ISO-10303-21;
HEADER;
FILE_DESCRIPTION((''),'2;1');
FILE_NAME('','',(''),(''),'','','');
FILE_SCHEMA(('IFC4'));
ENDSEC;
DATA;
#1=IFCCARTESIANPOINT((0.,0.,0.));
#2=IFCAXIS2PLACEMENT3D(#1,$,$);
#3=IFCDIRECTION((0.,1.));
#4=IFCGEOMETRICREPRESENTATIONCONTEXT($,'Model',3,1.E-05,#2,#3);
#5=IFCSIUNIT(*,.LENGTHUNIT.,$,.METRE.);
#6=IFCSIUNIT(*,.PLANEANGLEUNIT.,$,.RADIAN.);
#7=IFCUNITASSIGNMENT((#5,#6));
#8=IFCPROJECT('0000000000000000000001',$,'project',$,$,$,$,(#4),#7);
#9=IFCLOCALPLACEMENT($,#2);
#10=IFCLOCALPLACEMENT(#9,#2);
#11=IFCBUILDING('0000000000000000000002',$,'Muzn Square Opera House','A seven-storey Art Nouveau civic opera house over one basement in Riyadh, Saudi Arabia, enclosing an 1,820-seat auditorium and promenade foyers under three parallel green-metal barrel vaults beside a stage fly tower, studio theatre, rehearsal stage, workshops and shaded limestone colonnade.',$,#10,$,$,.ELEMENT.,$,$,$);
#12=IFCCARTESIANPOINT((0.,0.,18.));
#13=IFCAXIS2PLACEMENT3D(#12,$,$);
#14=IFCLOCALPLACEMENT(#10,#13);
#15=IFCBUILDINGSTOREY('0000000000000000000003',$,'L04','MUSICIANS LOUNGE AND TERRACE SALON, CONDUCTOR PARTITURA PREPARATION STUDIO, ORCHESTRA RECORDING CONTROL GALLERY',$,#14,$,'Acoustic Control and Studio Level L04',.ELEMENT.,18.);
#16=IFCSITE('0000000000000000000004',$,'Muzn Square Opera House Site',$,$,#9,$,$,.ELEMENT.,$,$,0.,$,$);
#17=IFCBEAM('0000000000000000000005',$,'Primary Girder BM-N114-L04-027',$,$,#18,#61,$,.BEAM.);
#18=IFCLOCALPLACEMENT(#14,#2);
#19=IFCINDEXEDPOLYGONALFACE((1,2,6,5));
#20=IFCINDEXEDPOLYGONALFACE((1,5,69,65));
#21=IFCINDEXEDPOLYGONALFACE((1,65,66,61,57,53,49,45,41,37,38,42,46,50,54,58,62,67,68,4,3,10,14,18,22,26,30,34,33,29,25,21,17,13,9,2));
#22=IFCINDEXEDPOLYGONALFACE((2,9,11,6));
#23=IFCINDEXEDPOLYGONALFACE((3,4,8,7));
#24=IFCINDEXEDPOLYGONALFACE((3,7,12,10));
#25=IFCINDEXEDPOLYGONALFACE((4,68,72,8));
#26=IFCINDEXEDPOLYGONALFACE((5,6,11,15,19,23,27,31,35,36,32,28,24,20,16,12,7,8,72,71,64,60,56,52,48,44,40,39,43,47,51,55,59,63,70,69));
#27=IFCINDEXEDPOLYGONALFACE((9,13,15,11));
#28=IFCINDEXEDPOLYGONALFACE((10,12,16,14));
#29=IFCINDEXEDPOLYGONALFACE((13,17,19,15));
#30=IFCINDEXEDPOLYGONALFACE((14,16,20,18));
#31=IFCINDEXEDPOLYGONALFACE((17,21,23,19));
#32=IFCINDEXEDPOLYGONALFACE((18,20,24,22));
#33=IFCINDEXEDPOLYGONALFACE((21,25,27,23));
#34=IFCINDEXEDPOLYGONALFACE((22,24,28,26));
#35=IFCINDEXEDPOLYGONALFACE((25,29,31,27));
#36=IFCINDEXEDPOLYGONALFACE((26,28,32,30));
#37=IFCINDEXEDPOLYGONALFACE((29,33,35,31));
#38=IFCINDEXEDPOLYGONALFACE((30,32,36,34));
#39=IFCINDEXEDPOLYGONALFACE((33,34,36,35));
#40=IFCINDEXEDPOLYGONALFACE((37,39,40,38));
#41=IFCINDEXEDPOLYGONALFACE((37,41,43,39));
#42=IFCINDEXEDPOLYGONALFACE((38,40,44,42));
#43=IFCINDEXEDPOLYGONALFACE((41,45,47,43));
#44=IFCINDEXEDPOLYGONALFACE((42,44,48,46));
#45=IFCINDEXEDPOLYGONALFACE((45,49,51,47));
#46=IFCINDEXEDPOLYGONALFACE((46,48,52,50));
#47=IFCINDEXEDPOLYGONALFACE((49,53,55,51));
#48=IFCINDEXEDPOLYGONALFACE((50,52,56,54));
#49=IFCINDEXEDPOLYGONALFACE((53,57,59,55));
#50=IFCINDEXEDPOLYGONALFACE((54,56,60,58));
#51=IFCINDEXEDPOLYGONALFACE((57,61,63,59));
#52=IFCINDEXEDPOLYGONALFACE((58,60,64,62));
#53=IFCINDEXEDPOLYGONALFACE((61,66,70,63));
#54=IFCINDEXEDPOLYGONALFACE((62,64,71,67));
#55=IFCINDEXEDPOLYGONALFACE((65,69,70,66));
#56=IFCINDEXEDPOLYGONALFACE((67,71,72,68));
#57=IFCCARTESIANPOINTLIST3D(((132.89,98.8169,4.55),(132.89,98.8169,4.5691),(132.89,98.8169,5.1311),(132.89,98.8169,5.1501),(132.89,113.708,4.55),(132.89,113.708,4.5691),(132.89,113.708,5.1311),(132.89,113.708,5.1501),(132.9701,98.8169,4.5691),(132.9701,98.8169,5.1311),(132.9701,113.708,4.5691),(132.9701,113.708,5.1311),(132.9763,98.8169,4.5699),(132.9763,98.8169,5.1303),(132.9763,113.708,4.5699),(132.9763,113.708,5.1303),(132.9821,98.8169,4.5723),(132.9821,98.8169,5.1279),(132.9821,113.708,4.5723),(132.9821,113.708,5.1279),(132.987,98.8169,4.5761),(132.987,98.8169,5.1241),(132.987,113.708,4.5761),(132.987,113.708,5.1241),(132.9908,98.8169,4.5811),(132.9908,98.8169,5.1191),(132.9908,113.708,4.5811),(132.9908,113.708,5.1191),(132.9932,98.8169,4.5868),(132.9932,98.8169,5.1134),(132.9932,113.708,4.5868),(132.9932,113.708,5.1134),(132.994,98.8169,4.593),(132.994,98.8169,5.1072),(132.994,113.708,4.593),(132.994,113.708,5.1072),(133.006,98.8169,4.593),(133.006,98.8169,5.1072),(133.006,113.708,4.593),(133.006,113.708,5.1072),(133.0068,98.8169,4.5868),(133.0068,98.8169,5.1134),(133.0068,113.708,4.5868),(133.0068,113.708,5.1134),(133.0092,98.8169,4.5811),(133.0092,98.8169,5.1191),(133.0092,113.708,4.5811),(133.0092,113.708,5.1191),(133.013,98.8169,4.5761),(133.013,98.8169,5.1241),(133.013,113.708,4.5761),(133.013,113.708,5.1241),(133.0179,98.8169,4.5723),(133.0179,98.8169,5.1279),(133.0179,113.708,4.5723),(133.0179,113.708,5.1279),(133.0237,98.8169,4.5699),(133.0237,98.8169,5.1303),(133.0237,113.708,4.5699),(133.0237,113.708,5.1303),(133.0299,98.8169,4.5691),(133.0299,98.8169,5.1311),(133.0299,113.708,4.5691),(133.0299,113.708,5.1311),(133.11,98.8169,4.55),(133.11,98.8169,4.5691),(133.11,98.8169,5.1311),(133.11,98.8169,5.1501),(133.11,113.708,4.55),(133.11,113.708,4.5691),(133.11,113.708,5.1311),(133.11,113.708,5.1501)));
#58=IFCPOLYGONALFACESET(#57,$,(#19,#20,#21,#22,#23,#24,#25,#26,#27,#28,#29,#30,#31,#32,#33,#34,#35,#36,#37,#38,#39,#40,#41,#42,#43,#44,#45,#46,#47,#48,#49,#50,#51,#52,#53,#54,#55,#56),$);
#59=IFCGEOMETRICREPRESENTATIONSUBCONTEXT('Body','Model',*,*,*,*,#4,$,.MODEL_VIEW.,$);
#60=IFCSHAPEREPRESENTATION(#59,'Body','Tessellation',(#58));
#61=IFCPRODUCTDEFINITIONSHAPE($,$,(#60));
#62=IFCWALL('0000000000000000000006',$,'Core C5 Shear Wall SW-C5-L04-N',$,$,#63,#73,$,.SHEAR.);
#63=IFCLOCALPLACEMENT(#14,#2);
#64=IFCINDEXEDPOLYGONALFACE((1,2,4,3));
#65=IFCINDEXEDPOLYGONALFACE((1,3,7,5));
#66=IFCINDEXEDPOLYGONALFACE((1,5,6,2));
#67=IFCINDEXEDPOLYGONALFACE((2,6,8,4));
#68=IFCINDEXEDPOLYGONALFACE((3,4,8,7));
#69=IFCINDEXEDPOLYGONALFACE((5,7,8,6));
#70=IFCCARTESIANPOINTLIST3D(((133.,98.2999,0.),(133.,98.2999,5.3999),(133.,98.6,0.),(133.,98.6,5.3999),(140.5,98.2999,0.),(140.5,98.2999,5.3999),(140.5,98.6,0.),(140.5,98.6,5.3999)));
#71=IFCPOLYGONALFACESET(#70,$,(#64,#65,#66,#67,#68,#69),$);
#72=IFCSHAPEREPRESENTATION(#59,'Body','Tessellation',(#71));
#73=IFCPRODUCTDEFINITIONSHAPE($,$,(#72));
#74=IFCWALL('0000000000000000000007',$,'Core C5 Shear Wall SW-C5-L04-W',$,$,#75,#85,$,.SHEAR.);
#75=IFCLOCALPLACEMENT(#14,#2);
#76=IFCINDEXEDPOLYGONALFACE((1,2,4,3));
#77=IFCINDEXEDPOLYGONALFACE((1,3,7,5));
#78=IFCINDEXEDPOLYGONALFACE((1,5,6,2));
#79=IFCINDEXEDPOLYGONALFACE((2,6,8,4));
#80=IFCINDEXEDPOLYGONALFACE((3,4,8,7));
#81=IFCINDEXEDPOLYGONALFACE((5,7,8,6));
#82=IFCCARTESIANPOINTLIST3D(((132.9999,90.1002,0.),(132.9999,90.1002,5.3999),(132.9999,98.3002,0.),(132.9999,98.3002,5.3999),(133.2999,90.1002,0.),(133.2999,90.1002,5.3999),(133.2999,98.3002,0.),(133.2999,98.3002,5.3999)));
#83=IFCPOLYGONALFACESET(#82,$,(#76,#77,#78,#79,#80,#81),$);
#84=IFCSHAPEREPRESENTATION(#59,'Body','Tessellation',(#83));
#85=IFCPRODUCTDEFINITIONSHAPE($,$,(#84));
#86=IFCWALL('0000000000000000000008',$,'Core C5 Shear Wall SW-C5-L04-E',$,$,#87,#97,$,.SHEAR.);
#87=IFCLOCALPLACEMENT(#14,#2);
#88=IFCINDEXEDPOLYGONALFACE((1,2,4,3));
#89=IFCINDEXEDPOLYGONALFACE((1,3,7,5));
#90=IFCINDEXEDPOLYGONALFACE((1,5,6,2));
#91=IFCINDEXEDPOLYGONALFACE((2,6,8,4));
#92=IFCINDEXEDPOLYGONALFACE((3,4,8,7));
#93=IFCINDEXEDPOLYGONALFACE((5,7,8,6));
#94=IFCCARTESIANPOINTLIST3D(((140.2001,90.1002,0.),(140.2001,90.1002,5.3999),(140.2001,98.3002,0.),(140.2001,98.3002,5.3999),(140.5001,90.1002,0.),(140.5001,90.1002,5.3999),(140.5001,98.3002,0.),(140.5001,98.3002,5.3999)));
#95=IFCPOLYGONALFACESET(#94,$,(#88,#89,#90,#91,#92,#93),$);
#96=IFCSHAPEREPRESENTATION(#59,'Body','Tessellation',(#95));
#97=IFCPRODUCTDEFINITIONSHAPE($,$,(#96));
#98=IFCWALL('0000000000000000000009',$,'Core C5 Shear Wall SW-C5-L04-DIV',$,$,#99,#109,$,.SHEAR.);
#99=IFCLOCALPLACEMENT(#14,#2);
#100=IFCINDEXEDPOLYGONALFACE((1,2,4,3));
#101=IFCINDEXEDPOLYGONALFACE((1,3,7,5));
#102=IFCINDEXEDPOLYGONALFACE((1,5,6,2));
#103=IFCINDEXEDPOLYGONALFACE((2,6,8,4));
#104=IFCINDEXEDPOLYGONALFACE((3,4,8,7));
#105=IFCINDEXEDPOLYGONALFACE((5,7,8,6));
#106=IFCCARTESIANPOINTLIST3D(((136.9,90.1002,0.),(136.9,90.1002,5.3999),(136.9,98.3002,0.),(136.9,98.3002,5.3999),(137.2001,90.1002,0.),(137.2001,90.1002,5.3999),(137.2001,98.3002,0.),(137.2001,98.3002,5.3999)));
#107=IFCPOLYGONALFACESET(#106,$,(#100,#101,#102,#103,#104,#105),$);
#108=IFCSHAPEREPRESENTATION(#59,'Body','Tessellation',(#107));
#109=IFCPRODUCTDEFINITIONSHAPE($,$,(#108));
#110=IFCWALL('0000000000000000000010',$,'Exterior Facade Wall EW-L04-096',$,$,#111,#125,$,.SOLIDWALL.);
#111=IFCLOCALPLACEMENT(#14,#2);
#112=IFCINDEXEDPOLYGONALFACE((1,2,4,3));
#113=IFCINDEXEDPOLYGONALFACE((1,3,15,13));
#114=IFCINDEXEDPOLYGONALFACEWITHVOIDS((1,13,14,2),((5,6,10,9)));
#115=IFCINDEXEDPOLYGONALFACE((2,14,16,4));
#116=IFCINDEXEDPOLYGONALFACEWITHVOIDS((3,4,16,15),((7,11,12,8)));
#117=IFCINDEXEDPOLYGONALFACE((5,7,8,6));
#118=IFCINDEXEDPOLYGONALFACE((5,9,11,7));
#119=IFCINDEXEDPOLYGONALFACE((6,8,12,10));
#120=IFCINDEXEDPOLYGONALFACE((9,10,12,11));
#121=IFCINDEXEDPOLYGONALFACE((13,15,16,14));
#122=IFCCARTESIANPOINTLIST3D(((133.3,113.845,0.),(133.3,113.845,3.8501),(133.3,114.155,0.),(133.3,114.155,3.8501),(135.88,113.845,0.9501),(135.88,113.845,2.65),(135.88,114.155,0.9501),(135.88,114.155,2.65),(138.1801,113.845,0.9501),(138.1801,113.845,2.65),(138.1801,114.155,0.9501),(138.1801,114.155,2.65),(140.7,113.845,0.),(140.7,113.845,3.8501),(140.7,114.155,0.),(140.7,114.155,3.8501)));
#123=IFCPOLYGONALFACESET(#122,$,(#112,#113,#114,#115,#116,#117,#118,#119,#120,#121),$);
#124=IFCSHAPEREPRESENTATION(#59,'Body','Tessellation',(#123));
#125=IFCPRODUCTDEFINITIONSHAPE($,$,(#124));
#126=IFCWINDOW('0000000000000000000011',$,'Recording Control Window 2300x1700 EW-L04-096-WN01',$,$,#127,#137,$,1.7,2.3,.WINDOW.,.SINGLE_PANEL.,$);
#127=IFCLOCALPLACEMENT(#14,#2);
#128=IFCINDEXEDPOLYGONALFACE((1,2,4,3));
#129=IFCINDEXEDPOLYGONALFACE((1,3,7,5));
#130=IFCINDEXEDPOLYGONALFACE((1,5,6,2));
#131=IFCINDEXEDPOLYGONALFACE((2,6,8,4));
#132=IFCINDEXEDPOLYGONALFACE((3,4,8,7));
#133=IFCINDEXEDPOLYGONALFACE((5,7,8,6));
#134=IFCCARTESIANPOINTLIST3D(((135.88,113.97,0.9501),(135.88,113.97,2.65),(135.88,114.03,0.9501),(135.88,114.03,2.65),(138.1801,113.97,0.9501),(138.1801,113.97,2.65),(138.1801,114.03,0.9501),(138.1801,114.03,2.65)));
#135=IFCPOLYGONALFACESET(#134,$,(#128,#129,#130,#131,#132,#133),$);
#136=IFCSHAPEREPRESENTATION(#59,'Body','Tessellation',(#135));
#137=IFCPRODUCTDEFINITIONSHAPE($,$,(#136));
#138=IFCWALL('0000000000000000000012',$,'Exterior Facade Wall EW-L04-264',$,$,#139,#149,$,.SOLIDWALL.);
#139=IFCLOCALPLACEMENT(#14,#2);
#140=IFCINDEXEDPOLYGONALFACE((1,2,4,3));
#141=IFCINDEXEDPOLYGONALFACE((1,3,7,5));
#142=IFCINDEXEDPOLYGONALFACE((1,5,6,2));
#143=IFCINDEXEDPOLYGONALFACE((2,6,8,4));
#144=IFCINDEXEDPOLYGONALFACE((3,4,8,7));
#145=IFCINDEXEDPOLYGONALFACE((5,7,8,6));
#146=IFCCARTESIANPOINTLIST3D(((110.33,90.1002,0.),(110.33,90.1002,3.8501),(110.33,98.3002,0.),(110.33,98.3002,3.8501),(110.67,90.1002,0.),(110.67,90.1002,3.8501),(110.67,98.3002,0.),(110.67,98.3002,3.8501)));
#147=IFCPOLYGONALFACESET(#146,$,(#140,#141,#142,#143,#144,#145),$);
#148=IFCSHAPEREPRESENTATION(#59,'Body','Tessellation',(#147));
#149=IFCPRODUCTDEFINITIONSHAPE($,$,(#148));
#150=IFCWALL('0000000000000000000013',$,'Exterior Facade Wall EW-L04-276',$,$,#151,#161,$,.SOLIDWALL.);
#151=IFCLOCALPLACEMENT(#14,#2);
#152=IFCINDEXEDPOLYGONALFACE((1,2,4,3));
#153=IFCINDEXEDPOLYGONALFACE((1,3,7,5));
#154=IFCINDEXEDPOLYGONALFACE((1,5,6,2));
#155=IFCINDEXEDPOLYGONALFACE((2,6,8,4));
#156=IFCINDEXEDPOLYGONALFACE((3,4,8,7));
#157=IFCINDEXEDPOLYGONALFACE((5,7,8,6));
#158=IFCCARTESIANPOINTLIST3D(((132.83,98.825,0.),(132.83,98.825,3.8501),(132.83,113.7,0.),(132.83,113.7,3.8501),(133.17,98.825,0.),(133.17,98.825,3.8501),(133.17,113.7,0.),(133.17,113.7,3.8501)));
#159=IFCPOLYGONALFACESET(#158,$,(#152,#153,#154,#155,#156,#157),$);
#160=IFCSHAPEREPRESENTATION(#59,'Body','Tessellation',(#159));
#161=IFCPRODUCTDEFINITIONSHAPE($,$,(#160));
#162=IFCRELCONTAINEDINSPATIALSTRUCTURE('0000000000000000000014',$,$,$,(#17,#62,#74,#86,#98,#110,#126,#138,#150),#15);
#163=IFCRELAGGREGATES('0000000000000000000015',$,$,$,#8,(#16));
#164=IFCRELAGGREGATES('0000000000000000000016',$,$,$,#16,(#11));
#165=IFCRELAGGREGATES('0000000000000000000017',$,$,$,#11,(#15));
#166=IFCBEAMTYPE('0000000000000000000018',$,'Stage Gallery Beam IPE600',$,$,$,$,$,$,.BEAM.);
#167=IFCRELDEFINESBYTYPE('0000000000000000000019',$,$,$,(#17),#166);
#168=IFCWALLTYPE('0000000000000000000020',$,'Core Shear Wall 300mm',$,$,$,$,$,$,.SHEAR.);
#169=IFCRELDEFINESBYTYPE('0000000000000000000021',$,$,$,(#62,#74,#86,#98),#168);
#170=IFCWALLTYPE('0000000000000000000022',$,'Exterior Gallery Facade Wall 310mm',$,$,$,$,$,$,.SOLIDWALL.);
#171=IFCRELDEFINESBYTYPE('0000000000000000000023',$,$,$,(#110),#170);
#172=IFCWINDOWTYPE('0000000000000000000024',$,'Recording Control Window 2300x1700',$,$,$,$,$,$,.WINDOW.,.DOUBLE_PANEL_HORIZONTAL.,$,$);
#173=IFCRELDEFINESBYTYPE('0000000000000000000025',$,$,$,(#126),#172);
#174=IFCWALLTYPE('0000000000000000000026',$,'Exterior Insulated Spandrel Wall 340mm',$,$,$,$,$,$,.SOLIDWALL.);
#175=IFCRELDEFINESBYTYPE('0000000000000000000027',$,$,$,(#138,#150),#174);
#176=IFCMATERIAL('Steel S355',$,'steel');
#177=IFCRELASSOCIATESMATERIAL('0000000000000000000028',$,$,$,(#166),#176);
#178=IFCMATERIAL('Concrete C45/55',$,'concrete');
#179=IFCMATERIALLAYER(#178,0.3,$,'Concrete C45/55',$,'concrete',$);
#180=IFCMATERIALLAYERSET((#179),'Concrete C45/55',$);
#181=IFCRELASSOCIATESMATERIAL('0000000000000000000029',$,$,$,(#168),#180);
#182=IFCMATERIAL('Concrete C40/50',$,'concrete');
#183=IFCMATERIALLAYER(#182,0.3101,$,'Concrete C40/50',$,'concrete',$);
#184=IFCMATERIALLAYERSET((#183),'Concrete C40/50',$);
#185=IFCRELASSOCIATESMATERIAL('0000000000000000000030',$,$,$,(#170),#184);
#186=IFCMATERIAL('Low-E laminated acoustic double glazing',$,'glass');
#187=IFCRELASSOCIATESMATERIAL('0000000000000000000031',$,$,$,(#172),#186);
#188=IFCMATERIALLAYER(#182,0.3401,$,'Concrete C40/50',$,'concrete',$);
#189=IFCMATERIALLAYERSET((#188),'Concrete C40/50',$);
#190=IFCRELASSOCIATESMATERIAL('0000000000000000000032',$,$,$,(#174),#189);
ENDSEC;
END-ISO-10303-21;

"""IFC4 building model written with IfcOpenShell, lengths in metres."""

from ifc_helpers import new_model, si_unit, direction, frame, frame_2d, origin, origin_2d, place, context, subcontext, project, spatial, rectangle, i_section, extrude, material, layer, layer_set, material_profile, profile_set, type_object, element, fill, save


model = new_model("IFC4")

# Units and contexts
model_context = context("Model", 3, precision=1e-05, world=origin(), true_north=direction((0.0, 1.0)))
body_context = subcontext(model_context, "Body", "Model", "MODEL_VIEW")
ifc_project = project(units=[si_unit("LENGTHUNIT", "METRE"), si_unit("PLANEANGLEUNIT", "RADIAN")], contexts=[model_context])

# Site, building, storey
site_placement = place(None, origin())
site = spatial("IfcSite", under=ifc_project, at=site_placement, Name="Muzn Square Opera House Site", CompositionType="ELEMENT", RefElevation=0.0)
building_placement = place(site_placement, origin())
building = spatial("IfcBuilding", under=site, at=building_placement, Name="Muzn Square Opera House", Description="A seven-storey Art Nouveau civic opera house over one basement in Riyadh, Saudi Arabia, enclosing an 1,820-seat auditorium and promenade foyers under three parallel green-metal barrel vaults beside a stage fly tower, studio theatre, rehearsal stage, workshops and shaded limestone colonnade.", CompositionType="ELEMENT")
storey_placement = place(building_placement, frame((0.0, 0.0, 18.0)))
storey = spatial("IfcBuildingStorey", under=building, at=storey_placement, Name="L04", Description="MUSICIANS LOUNGE AND TERRACE SALON, CONDUCTOR PARTITURA PREPARATION STUDIO, ORCHESTRA RECORDING CONTROL GALLERY", LongName="Acoustic Control and Studio Level L04", CompositionType="ELEMENT", Elevation=18.0)

# Shared definitions
ifc_material_1 = material(Name="Concrete C45/55", Category="concrete")
ifc_material_2 = material(Name="Steel S355", Category="steel")

# Beam
ifc_material_3 = material(Name="Concrete C40/50", Category="concrete")
ifc_material_profile_1 = material_profile(ifc_material_2, i_section(OverallWidth=0.22, OverallDepth=0.6001, WebThickness=0.012, FlangeThickness=0.019, FilletRadius=0.0239, at=origin_2d()), Name="IPE 600", Category="steel")
ifc_profile_set_1 = profile_set([ifc_material_profile_1], Name="Steel S355")
beam_type_1 = type_object("IfcBeamType", Name="Stage Gallery Beam IPE600", PredefinedType="BEAM", material=ifc_profile_set_1)
beam_1_placement = place(storey_placement, frame((133.0, 98.8169, 4.8501), z_axis=(0.0, 1.0, 0.0), x_axis=(-1.0, 0.0, 0.0)))
element("IfcBeam", 1, at=beam_1_placement, inside=storey, type_object=beam_type_1, Name="Primary Girder BM-N114-L04-027", PredefinedType="BEAM", context=body_context, shape_type="SweptSolid", body=[
    extrude(i_section(OverallWidth=0.22, OverallDepth=0.6001, WebThickness=0.012, FlangeThickness=0.019, FilletRadius=0.0239, at=origin_2d()), origin(), (0.0, 0.0, 1.0), 14.8911),
])

# Walls
ifc_layer_1 = layer(ifc_material_1, 0.3, Name="Concrete C45/55", Category="concrete")
ifc_layer_set_1 = layer_set([ifc_layer_1], Name="Concrete C45/55")
wall_type_1 = type_object("IfcWallType", Name="Core Shear Wall 300mm", PredefinedType="SHEAR", material=ifc_layer_set_1)
wall_1_placement = place(storey_placement, frame((133.0, 98.45, 0.0), z_axis=(0.0, 0.0, 1.0), x_axis=(1.0, 0.0, 0.0)))
element("IfcWall", 2, at=wall_1_placement, inside=storey, type_object=wall_type_1, Name="Core C5 Shear Wall SW-C5-L04-N", PredefinedType="SHEAR", context=body_context, shape_type="SweptSolid", body=[
    extrude(rectangle(XDim=7.5, YDim=0.3, at=frame_2d((3.75, 0.0))), origin(), (0.0, 0.0, 1.0), 5.3999),
])
for number, where, z_axis, x_axis, name in (
    (3, (133.1499, 90.1001, 0.0), (0.0, 0.0, 1.0), (0.0, 1.0, 0.0), "Core C5 Shear Wall SW-C5-L04-W"),
    (4, (140.3501, 90.1001, 0.0), (0.0, 0.0, 1.0), (0.0, 1.0, 0.0), "Core C5 Shear Wall SW-C5-L04-E"),
    (5, (137.05, 90.1001, 0.0), (0.0, 0.0, 1.0), (0.0, 1.0, 0.0), "Core C5 Shear Wall SW-C5-L04-DIV"),
):
    element("IfcWall", number, at=place(storey_placement, frame(where, z_axis=z_axis, x_axis=x_axis)), inside=storey, type_object=wall_type_1, Name=name, PredefinedType="SHEAR", context=body_context, shape_type="SweptSolid", body=[
        extrude(rectangle(XDim=8.2, YDim=0.3, at=frame_2d((4.1001, 0.0))), origin(), (0.0, 0.0, 1.0), 5.3999),
    ])

# Wall, opening, window
ifc_layer_2 = layer(ifc_material_3, 0.3101, Name="Concrete C40/50", Category="concrete")
ifc_layer_set_2 = layer_set([ifc_layer_2], Name="Concrete C40/50")
wall_type_2 = type_object("IfcWallType", Name="Exterior Gallery Facade Wall 310mm", PredefinedType="SOLIDWALL", material=ifc_layer_set_2)
wall_2_placement = place(storey_placement, frame((133.3, 114.0, 0.0), z_axis=(0.0, 0.0, 1.0), x_axis=(1.0, 0.0, 0.0)))
wall_2 = element("IfcWall", 6, at=wall_2_placement, inside=storey, type_object=wall_type_2, Name="Exterior Facade Wall EW-L04-096", PredefinedType="SOLIDWALL", context=body_context, shape_type="SweptSolid", body=[
    extrude(rectangle(XDim=7.3999, YDim=0.3101, at=frame_2d((3.7, 0.0))), origin(), (0.0, 0.0, 1.0), 3.8501),
])
opening_1_placement = place(wall_2_placement, frame((2.5801, 0.0, 0.95)))
opening_1 = element("IfcOpeningElement", 7, at=opening_1_placement, cuts=wall_2, PredefinedType="OPENING", context=body_context, shape_type="SweptSolid", body=[
    extrude(rectangle(XDim=2.3, YDim=1.7, at=frame_2d((1.1499, 0.8501))), frame((0.0, 0.165, 0.0), z_axis=(0.0, -1.0, 0.0), x_axis=(1.0, 0.0, 0.0)), (0.0, 0.0, 1.0), 0.3301),
])
ifc_material_4 = material(Name="Low-E laminated acoustic double glazing", Category="glass")
window_type = type_object("IfcWindowType", Name="Recording Control Window 2300x1700", PartitioningType="DOUBLE_PANEL_HORIZONTAL", PredefinedType="WINDOW", material=ifc_material_4)
window_placement = place(opening_1_placement, origin())
window = element("IfcWindow", 8, at=window_placement, inside=storey, type_object=window_type, Name="Recording Control Window 2300x1700 EW-L04-096-WN01", OverallHeight=1.7, OverallWidth=2.3, PartitioningType="SINGLE_PANEL", PredefinedType="WINDOW", context=body_context, shape_type="SweptSolid", body=[
    extrude(rectangle(XDim=2.3, YDim=1.7, at=frame_2d((1.1499, 0.8501))), frame((0.0, 0.03, 0.0), z_axis=(0.0, -1.0, 0.0), x_axis=(1.0, 0.0, 0.0)), (0.0, 0.0, 1.0), 0.0601),
])
fill(opening_1, window)

# Walls
ifc_layer_3 = layer(ifc_material_3, 0.3401, Name="Concrete C40/50", Category="concrete")
ifc_layer_set_3 = layer_set([ifc_layer_3], Name="Concrete C40/50")
wall_type_3 = type_object("IfcWallType", Name="Exterior Insulated Spandrel Wall 340mm", PredefinedType="SOLIDWALL", material=ifc_layer_set_3)
wall_3_placement = place(storey_placement, frame((110.5, 90.1001, 0.0), z_axis=(0.0, 0.0, 1.0), x_axis=(0.0, 1.0, 0.0)))
element("IfcWall", 9, at=wall_3_placement, inside=storey, type_object=wall_type_3, Name="Exterior Facade Wall EW-L04-264", PredefinedType="SOLIDWALL", context=body_context, shape_type="SweptSolid", body=[
    extrude(rectangle(XDim=8.2, YDim=0.3401, at=frame_2d((4.1001, 0.0))), origin(), (0.0, 0.0, 1.0), 3.8501),
])
wall_4_placement = place(storey_placement, frame((133.0, 98.825, 0.0), z_axis=(0.0, 0.0, 1.0), x_axis=(0.0, 1.0, 0.0)))
element("IfcWall", 10, at=wall_4_placement, inside=storey, type_object=wall_type_3, Name="Exterior Facade Wall EW-L04-276", PredefinedType="SOLIDWALL", context=body_context, shape_type="SweptSolid", body=[
    extrude(rectangle(XDim=14.875, YDim=0.3401, at=frame_2d((7.4375, 0.0))), origin(), (0.0, 0.0, 1.0), 3.8501),
])

save(model, "model.ifc")
